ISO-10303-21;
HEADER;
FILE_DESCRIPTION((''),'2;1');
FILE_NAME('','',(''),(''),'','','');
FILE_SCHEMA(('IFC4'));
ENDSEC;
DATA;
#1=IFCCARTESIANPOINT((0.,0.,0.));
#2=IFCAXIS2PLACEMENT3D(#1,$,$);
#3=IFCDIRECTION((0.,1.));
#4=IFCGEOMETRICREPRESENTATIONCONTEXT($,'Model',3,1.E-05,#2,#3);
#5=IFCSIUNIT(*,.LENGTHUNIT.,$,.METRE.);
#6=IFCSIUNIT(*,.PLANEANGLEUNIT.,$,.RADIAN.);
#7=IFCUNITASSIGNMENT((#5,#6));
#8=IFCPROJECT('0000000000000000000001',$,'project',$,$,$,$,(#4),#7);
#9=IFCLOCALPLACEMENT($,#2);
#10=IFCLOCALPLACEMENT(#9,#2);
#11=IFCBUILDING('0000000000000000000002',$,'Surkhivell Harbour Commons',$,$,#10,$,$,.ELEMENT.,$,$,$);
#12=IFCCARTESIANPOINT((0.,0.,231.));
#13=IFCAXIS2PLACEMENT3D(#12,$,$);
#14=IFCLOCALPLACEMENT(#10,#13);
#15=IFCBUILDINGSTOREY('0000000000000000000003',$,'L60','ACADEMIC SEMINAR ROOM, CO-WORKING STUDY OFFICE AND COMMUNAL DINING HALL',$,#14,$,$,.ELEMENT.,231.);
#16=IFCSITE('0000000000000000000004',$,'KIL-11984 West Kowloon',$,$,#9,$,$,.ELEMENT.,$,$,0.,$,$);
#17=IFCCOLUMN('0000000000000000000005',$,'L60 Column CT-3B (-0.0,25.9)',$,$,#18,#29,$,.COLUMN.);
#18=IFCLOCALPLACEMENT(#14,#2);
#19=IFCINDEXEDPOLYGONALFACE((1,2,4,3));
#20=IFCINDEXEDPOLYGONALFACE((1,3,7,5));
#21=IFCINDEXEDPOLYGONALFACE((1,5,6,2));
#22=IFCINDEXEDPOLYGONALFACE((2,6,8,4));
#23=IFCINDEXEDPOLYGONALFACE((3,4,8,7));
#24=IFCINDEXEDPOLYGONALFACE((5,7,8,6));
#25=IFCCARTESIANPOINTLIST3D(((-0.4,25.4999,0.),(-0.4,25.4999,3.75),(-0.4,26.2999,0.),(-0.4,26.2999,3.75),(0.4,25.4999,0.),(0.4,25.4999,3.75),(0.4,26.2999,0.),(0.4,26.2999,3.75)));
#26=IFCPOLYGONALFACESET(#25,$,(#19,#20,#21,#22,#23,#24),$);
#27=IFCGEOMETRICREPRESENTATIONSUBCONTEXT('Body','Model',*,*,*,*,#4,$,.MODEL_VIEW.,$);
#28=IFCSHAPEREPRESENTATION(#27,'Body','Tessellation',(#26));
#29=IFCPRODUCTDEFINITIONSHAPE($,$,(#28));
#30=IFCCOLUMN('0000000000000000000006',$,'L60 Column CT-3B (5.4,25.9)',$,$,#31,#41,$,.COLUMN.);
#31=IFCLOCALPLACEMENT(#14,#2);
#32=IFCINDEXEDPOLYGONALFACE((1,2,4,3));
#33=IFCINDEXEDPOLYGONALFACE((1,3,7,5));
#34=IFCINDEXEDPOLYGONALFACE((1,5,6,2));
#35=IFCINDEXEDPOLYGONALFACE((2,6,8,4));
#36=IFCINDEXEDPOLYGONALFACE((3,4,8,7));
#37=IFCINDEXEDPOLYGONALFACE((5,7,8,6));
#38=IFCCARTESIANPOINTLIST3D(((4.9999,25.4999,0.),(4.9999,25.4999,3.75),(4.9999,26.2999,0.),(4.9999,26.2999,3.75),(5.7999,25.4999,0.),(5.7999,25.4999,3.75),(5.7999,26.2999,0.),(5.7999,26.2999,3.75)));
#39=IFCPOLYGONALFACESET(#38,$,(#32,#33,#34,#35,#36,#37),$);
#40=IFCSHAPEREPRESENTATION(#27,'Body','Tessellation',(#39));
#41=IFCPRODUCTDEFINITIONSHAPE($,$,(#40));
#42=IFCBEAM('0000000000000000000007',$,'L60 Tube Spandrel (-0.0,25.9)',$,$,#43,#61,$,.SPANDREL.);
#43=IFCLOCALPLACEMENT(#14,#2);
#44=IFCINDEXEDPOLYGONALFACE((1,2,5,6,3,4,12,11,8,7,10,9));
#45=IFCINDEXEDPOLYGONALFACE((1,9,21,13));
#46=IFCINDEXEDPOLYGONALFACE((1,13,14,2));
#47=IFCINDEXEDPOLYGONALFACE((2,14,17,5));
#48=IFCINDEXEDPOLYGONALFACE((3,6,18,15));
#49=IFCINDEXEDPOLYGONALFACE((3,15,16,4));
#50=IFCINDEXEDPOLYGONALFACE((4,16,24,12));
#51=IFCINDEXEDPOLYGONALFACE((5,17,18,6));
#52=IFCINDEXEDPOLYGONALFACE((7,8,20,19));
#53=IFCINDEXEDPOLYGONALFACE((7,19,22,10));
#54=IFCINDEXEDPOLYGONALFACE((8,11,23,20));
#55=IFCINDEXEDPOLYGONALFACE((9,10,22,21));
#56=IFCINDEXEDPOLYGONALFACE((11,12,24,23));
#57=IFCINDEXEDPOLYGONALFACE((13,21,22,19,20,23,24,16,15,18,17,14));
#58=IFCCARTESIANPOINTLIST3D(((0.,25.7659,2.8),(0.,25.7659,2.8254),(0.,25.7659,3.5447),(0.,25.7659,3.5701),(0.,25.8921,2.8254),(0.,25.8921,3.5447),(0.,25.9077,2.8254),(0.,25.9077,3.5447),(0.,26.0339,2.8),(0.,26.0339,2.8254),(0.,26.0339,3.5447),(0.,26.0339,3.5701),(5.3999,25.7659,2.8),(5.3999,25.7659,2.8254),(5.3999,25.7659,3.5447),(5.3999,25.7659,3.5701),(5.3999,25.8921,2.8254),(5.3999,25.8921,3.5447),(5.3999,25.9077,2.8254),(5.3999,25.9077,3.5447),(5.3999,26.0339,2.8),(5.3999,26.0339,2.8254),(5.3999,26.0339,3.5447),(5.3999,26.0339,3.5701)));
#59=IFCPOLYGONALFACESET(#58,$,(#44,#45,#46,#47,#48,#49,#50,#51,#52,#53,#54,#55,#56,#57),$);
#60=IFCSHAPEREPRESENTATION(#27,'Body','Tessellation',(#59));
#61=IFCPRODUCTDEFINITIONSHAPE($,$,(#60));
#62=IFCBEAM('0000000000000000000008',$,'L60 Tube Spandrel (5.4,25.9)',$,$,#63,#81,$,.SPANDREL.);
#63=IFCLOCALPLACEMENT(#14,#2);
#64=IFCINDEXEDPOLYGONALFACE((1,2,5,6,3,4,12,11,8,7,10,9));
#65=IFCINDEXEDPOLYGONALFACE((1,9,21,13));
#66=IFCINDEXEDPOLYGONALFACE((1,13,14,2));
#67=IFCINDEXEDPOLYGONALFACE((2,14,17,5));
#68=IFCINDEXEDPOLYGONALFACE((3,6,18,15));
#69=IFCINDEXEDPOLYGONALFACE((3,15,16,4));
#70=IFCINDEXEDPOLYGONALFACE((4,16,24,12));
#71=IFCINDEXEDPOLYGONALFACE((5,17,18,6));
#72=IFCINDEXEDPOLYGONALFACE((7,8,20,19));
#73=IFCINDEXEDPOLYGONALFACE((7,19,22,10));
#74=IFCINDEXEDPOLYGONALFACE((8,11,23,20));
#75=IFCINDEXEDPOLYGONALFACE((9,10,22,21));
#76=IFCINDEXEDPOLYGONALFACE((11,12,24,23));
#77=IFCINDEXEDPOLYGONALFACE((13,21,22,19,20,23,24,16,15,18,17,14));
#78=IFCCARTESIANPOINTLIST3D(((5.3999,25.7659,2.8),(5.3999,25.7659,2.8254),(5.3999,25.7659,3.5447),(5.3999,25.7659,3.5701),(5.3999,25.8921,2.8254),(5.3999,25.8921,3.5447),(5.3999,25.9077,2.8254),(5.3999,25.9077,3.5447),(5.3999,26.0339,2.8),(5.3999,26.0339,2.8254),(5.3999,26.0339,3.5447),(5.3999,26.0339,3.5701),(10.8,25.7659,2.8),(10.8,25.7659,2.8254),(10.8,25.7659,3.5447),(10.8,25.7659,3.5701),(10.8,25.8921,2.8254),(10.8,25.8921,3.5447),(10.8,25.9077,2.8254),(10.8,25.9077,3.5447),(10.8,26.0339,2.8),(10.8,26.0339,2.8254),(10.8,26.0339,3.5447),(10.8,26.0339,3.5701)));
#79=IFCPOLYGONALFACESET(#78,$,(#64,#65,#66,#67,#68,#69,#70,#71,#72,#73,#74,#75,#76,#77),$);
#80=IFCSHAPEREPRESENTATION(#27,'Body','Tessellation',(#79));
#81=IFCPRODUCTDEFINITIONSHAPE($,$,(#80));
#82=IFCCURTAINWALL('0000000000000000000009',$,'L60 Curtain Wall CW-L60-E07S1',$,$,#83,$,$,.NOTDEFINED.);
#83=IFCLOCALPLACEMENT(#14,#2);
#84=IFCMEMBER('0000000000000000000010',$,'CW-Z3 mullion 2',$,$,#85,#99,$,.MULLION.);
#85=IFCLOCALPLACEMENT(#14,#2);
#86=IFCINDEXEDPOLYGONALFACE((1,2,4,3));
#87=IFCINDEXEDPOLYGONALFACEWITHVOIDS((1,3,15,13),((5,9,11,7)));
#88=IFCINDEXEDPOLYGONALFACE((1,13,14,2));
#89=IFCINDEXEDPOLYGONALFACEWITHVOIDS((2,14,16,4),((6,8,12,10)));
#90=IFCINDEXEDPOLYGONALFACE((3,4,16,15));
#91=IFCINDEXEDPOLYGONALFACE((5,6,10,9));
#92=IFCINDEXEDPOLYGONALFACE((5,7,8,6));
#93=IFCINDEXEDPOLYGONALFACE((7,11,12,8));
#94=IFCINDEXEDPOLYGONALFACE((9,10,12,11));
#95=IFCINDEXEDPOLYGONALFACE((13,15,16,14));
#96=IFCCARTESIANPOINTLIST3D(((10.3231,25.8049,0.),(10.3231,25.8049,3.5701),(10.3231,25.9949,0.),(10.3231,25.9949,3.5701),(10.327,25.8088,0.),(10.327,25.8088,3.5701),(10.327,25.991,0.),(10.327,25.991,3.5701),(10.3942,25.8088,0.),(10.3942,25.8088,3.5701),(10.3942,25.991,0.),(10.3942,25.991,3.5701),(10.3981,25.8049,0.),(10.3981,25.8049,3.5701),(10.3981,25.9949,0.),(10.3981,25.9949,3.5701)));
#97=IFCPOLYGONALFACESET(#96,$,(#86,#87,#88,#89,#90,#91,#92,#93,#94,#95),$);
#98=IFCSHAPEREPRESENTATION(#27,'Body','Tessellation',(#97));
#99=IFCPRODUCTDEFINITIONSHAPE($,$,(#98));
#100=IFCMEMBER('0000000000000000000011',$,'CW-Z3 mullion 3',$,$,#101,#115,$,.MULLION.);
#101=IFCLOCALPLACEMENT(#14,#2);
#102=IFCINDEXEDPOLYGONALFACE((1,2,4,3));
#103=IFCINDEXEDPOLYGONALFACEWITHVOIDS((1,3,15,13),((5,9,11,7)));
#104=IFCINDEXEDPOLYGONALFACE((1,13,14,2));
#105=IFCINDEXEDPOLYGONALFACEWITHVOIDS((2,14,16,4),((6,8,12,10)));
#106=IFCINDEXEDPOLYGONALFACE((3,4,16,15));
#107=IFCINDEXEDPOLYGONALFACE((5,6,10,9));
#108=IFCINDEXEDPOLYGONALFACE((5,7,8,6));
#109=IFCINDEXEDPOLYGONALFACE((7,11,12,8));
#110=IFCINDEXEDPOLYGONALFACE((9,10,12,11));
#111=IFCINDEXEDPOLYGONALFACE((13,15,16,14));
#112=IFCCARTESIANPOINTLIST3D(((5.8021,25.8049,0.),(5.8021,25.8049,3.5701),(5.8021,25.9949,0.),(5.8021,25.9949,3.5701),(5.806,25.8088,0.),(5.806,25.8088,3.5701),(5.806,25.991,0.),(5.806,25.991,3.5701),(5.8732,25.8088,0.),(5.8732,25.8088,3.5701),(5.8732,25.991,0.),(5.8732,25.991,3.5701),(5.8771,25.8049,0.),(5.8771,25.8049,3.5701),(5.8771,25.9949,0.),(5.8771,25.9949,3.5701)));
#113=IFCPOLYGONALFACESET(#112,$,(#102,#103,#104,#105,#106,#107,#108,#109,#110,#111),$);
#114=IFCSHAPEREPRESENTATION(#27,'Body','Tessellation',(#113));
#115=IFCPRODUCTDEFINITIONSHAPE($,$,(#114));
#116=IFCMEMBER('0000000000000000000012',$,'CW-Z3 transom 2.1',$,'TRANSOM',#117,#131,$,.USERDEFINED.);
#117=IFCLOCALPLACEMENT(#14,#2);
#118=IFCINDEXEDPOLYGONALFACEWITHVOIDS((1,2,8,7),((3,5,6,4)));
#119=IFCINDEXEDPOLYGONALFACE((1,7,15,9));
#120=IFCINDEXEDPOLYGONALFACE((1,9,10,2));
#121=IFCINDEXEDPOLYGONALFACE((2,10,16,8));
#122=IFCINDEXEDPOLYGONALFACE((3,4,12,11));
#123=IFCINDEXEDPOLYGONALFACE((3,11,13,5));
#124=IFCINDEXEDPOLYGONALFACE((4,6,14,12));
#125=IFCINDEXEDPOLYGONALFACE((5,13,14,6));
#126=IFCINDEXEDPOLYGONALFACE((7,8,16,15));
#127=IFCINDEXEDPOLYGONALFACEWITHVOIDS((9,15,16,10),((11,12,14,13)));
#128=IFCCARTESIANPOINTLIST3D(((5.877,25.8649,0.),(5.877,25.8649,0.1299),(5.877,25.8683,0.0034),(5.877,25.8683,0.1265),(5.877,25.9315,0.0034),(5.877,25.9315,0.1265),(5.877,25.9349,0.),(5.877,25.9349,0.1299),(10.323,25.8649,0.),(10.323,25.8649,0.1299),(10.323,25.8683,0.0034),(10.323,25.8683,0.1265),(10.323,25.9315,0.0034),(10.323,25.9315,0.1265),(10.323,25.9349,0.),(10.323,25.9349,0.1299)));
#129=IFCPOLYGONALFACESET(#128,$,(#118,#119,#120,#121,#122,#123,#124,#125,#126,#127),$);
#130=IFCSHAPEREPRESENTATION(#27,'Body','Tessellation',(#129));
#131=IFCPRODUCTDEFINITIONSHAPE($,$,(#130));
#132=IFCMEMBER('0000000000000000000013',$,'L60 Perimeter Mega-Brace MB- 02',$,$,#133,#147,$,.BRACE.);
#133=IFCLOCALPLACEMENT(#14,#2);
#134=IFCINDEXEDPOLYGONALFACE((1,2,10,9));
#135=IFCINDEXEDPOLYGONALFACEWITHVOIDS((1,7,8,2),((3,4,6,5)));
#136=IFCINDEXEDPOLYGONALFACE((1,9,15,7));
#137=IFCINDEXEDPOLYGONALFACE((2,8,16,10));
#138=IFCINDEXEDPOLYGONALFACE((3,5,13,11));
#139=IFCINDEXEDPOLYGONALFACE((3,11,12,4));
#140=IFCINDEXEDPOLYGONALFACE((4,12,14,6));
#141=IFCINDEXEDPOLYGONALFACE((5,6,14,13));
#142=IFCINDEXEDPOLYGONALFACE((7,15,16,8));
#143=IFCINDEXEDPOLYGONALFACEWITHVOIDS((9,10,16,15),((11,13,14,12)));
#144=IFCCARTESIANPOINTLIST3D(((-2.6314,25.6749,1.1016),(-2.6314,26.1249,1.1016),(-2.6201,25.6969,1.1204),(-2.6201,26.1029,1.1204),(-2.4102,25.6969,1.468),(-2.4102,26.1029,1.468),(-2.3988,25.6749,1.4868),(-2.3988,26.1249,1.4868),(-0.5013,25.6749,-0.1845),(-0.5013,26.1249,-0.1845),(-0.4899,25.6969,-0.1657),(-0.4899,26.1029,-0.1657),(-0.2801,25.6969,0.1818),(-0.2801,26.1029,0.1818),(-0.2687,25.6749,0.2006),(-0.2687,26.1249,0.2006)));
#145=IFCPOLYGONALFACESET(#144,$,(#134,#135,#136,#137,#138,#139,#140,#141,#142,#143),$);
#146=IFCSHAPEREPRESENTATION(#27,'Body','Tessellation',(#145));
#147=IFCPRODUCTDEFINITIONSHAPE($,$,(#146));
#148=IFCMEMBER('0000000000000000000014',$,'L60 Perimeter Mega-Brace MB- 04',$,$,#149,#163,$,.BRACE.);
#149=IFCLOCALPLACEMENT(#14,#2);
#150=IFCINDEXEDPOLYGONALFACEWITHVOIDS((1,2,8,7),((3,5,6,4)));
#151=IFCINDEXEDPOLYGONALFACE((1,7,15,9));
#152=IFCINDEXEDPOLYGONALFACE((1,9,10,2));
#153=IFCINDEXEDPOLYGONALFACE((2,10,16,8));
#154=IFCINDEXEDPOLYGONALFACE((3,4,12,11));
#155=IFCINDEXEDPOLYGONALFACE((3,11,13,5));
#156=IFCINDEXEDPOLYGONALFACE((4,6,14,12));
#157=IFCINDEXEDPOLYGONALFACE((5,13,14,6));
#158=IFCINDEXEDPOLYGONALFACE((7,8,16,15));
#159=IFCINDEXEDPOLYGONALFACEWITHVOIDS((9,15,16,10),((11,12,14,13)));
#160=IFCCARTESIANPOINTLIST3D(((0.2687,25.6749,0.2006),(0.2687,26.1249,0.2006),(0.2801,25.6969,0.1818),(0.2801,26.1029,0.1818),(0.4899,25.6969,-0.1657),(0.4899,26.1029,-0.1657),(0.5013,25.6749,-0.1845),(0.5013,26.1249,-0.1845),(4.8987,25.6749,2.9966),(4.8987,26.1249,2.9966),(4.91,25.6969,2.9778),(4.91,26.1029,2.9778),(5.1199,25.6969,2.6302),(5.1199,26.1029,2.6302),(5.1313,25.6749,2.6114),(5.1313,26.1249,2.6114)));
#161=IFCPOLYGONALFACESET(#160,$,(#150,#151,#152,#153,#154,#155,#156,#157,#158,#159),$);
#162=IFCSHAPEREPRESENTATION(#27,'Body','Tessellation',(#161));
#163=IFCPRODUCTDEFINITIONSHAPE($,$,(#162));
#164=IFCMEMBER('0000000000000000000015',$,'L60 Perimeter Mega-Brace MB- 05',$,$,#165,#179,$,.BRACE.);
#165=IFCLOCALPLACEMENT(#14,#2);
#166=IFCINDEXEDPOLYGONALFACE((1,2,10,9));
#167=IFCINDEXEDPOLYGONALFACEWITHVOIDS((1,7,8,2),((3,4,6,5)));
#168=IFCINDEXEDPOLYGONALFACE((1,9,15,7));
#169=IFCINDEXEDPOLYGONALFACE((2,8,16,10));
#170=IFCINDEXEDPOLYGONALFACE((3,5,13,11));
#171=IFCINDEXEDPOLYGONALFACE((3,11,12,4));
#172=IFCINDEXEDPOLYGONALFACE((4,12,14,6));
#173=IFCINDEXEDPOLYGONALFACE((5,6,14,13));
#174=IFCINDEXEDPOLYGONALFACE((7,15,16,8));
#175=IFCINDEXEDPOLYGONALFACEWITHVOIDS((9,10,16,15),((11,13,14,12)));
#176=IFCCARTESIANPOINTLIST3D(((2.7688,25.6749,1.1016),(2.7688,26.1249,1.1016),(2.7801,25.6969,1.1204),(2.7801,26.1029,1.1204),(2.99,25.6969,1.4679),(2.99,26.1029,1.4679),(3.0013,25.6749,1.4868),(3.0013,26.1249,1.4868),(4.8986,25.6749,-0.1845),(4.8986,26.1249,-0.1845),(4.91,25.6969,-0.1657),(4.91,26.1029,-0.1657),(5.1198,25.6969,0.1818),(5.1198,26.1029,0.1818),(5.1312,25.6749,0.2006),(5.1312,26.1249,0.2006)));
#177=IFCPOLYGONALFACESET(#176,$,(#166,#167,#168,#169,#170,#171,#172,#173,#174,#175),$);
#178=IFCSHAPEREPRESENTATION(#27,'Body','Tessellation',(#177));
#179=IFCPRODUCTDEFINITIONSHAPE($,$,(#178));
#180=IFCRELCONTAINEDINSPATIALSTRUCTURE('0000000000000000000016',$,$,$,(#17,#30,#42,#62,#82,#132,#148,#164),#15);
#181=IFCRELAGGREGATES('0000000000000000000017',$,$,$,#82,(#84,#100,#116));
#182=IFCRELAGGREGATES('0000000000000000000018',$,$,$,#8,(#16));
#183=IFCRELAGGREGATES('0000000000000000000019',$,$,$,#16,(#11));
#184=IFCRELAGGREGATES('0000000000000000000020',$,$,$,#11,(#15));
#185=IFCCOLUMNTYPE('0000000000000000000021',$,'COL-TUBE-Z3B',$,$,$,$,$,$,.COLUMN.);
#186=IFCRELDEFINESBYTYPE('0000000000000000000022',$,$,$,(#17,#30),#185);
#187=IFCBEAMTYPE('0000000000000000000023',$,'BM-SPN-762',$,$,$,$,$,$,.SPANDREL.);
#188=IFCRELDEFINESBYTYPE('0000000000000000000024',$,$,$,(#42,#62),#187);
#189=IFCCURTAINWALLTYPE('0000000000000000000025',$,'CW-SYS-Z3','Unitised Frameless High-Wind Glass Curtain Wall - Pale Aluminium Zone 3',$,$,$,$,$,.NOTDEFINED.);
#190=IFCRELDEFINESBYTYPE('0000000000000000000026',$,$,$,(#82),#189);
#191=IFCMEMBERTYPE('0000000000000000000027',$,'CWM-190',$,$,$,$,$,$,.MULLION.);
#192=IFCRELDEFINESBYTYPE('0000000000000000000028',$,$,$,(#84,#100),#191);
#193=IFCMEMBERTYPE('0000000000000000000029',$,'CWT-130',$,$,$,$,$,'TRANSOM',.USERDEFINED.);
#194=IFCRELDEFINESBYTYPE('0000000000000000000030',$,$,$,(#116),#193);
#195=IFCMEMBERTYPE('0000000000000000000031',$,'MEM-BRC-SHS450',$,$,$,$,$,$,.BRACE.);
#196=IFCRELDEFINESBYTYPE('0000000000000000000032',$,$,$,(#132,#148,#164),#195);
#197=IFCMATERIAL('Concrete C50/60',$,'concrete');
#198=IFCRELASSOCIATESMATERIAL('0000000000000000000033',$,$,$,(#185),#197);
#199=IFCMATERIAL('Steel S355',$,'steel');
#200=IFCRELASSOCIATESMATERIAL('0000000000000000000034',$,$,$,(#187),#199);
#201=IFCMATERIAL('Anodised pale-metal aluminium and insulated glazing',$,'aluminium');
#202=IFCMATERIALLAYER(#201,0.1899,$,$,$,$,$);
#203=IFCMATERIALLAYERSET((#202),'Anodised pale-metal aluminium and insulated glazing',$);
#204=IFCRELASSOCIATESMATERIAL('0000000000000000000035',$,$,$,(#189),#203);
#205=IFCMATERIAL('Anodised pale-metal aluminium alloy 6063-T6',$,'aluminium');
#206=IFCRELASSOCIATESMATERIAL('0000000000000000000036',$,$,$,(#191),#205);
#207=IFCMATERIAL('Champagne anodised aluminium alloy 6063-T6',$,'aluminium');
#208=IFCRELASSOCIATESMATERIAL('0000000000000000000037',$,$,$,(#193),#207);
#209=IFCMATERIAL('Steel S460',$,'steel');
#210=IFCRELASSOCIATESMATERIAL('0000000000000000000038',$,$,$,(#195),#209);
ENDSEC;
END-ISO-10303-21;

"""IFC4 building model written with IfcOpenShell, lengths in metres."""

from ifc_helpers import new_model, si_unit, direction, frame, origin, origin_2d, place, context, subcontext, project, spatial, rectangle, hollow_rectangle, i_section, extrude, material, layer, layer_set, material_profile, profile_set, type_object, element, aggregate, save


model = new_model("IFC4")

# Units and contexts
model_context = context("Model", 3, precision=1e-05, world=origin(), true_north=direction((0.0, 1.0)))
body_context = subcontext(model_context, "Body", "Model", "MODEL_VIEW")
ifc_project = project(units=[si_unit("LENGTHUNIT", "METRE"), si_unit("PLANEANGLEUNIT", "RADIAN")], contexts=[model_context])

# Site, building, storey
site_placement = place(None, origin())
site = spatial("IfcSite", under=ifc_project, at=site_placement, Name="KIL-11984 West Kowloon", CompositionType="ELEMENT", RefElevation=0.0)
building_placement = place(site_placement, origin())
building = spatial("IfcBuilding", under=site, at=building_placement, Name="Surkhivell Harbour Commons", CompositionType="ELEMENT")
storey_placement = place(building_placement, frame((0.0, 0.0, 231.0)))
storey = spatial("IfcBuildingStorey", under=building, at=storey_placement, Name="L60", Description="ACADEMIC SEMINAR ROOM, CO-WORKING STUDY OFFICE AND COMMUNAL DINING HALL", CompositionType="ELEMENT", Elevation=231.0)

# Columns
ifc_material_1 = material(Name="Concrete C50/60", Category="concrete")
ifc_material_profile_1 = material_profile(ifc_material_1, rectangle(XDim=0.8, YDim=0.8, at=origin_2d()), Name="RC-COL-800x800")
ifc_profile_set_1 = profile_set([ifc_material_profile_1], Name="Concrete C50/60")
column_type = type_object("IfcColumnType", Name="COL-TUBE-Z3B", PredefinedType="COLUMN", material=ifc_profile_set_1)
for number, where, z_axis, x_axis, name in (
    (1, (0.0, 25.8999, 0.0), (0.0, 0.0, 1.0), (1.0, 0.0, 0.0), "L60 Column CT-3B (-0.0,25.9)"),
    (2, (5.3999, 25.8999, 0.0), (0.0, 0.0, 1.0), (1.0, 0.0, 0.0), "L60 Column CT-3B (5.4,25.9)"),
):
    element("IfcColumn", number, at=place(storey_placement, frame(where, z_axis=z_axis, x_axis=x_axis)), inside=storey, type_object=column_type, Name=name, PredefinedType="COLUMN", context=body_context, shape_type="SweptSolid", body=[
        extrude(rectangle(XDim=0.8, YDim=0.8, at=origin_2d()), origin(), (0.0, 0.0, 1.0), 3.75),
    ])

# Beams
ifc_material_2 = material(Name="Steel S355", Category="steel")
ifc_material_profile_2 = material_profile(ifc_material_2, i_section(OverallWidth=0.2681, OverallDepth=0.77, WebThickness=0.0156, FlangeThickness=0.0254, at=origin_2d()), Name="UB762x267x197")
ifc_profile_set_2 = profile_set([ifc_material_profile_2], Name="Steel S355")
beam_type = type_object("IfcBeamType", Name="BM-SPN-762", PredefinedType="SPANDREL", material=ifc_profile_set_2)
beam_1_placement = place(storey_placement, frame((0.0, 25.8999, 3.1851), z_axis=(1.0, 0.0, 0.0), x_axis=(0.0, 1.0, 0.0)))
element("IfcBeam", 3, at=beam_1_placement, inside=storey, type_object=beam_type, Name="L60 Tube Spandrel (-0.0,25.9)", PredefinedType="SPANDREL", context=body_context, shape_type="SweptSolid", body=[
    extrude(i_section(OverallWidth=0.2681, OverallDepth=0.77, WebThickness=0.0156, FlangeThickness=0.0254, at=origin_2d()), origin(), (0.0, 0.0, 1.0), 5.3999),
])
beam_2_placement = place(storey_placement, frame((5.3999, 25.8999, 3.1851), z_axis=(1.0, 0.0, 0.0), x_axis=(0.0, 1.0, 0.0)))
element("IfcBeam", 4, at=beam_2_placement, inside=storey, type_object=beam_type, Name="L60 Tube Spandrel (5.4,25.9)", PredefinedType="SPANDREL", context=body_context, shape_type="SweptSolid", body=[
    extrude(i_section(OverallWidth=0.2681, OverallDepth=0.77, WebThickness=0.0156, FlangeThickness=0.0254, at=origin_2d()), origin(), (0.0, 0.0, 1.0), 5.4001),
])

# Curtain wall, members
ifc_material_3 = material(Name="Anodised pale-metal aluminium and insulated glazing", Category="aluminium")
ifc_layer_1 = layer(ifc_material_3, 0.1899)
ifc_layer_set_1 = layer_set([ifc_layer_1], Name="Anodised pale-metal aluminium and insulated glazing")
curtain_wall_type = type_object("IfcCurtainWallType", Name="CW-SYS-Z3", Description="Unitised Frameless High-Wind Glass Curtain Wall - Pale Aluminium Zone 3", PredefinedType="NOTDEFINED", material=ifc_layer_set_1)
curtain_wall_placement = place(storey_placement, origin())
curtain_wall = element("IfcCurtainWall", 5, at=curtain_wall_placement, inside=storey, type_object=curtain_wall_type, Name="L60 Curtain Wall CW-L60-E07S1", PredefinedType="NOTDEFINED")
ifc_material_4 = material(Name="Anodised pale-metal aluminium alloy 6063-T6", Category="aluminium")
ifc_material_profile_3 = material_profile(ifc_material_4, hollow_rectangle(XDim=0.075, YDim=0.1899, WallThickness=0.0039, at=origin_2d()), Name="ALU-MULL-75x190")
ifc_profile_set_3 = profile_set([ifc_material_profile_3], Name="Anodised pale-metal aluminium alloy 6063-T6")
member_type_1 = type_object("IfcMemberType", Name="CWM-190", PredefinedType="MULLION", material=ifc_profile_set_3)
member_1_placement = place(storey_placement, frame((10.3606, 25.8999, 0.0), z_axis=(0.0, 0.0, 1.0), x_axis=(-1.0, 0.0, 0.0)))
member_1 = element("IfcMember", 6, at=member_1_placement, type_object=member_type_1, Name="CW-Z3 mullion 2", PredefinedType="MULLION", context=body_context, shape_type="SweptSolid", body=[
    extrude(hollow_rectangle(XDim=0.075, YDim=0.1899, WallThickness=0.0039, at=origin_2d()), origin(), (0.0, 0.0, 1.0), 3.5701),
])
member_2_placement = place(storey_placement, frame((5.8396, 25.8999, 0.0), z_axis=(0.0, 0.0, 1.0), x_axis=(-1.0, 0.0, 0.0)))
member_2 = element("IfcMember", 7, at=member_2_placement, type_object=member_type_1, Name="CW-Z3 mullion 3", PredefinedType="MULLION", context=body_context, shape_type="SweptSolid", body=[
    extrude(hollow_rectangle(XDim=0.075, YDim=0.1899, WallThickness=0.0039, at=origin_2d()), origin(), (0.0, 0.0, 1.0), 3.5701),
])
ifc_material_5 = material(Name="Champagne anodised aluminium alloy 6063-T6", Category="aluminium")
ifc_material_profile_4 = material_profile(ifc_material_5, hollow_rectangle(XDim=0.0701, YDim=0.1299, WallThickness=0.0034, at=origin_2d()), Name="ALU-TRAN-70x130")
ifc_profile_set_4 = profile_set([ifc_material_profile_4], Name="Champagne anodised aluminium alloy 6063-T6")
member_type_2 = type_object("IfcMemberType", Name="CWT-130", ElementType="TRANSOM", PredefinedType="USERDEFINED", material=ifc_profile_set_4)
member_3_placement = place(storey_placement, frame((10.323, 25.8999, 0.0649), z_axis=(-1.0, 0.0, 0.0), x_axis=(0.0, -1.0, 0.0)))
member_3 = element("IfcMember", 8, at=member_3_placement, type_object=member_type_2, Name="CW-Z3 transom 2.1", ObjectType="TRANSOM", PredefinedType="USERDEFINED", context=body_context, shape_type="SweptSolid", body=[
    extrude(hollow_rectangle(XDim=0.0701, YDim=0.1299, WallThickness=0.0034, at=origin_2d()), origin(), (0.0, 0.0, 1.0), 4.446),
])

# Members
ifc_material_6 = material(Name="Steel S460", Category="steel")
ifc_material_profile_5 = material_profile(ifc_material_6, hollow_rectangle(XDim=0.45, YDim=0.45, WallThickness=0.022, at=origin_2d()), Name="SHS450x450x22")
ifc_profile_set_5 = profile_set([ifc_material_profile_5], Name="Steel S460")
member_type_3 = type_object("IfcMemberType", Name="MEM-BRC-SHS450", PredefinedType="BRACE", material=ifc_profile_set_5)
member_4_placement = place(storey_placement, frame((-0.385, 25.8999, 0.0081), z_axis=(-0.856061, 0.0, 0.516875), x_axis=(0.0, -1.0, 0.0)))
element("IfcMember", 9, at=member_4_placement, inside=storey, type_object=member_type_3, Name="L60 Perimeter Mega-Brace MB- 02", PredefinedType="BRACE", context=body_context, shape_type="SweptSolid", body=[
    extrude(hollow_rectangle(XDim=0.45, YDim=0.45, WallThickness=0.022, at=origin_2d()), origin(), (0.0, 0.0, 1.0), 2.4883),
])
member_5_placement = place(storey_placement, frame((0.385, 25.8999, 0.0081), z_axis=(0.856024, 0.0, 0.516937), x_axis=(0.0, 1.0, 0.0)))
element("IfcMember", 10, at=member_5_placement, inside=storey, type_object=member_type_3, Name="L60 Perimeter Mega-Brace MB- 04", PredefinedType="BRACE", context=body_context, shape_type="SweptSolid", body=[
    extrude(hollow_rectangle(XDim=0.45, YDim=0.45, WallThickness=0.022, at=origin_2d()), origin(), (0.0, 0.0, 1.0), 5.4087),
])
member_6_placement = place(storey_placement, frame((5.0149, 25.8999, 0.0081), z_axis=(-0.856035, 0.0, 0.516918), x_axis=(0.0, -1.0, 0.0)))
element("IfcMember", 11, at=member_6_placement, inside=storey, type_object=member_type_3, Name="L60 Perimeter Mega-Brace MB- 05", PredefinedType="BRACE", context=body_context, shape_type="SweptSolid", body=[
    extrude(hollow_rectangle(XDim=0.45, YDim=0.45, WallThickness=0.022, at=origin_2d()), origin(), (0.0, 0.0, 1.0), 2.488),
])

aggregate(curtain_wall, [member_1, member_2, member_3])

save(model, "model.ifc")
